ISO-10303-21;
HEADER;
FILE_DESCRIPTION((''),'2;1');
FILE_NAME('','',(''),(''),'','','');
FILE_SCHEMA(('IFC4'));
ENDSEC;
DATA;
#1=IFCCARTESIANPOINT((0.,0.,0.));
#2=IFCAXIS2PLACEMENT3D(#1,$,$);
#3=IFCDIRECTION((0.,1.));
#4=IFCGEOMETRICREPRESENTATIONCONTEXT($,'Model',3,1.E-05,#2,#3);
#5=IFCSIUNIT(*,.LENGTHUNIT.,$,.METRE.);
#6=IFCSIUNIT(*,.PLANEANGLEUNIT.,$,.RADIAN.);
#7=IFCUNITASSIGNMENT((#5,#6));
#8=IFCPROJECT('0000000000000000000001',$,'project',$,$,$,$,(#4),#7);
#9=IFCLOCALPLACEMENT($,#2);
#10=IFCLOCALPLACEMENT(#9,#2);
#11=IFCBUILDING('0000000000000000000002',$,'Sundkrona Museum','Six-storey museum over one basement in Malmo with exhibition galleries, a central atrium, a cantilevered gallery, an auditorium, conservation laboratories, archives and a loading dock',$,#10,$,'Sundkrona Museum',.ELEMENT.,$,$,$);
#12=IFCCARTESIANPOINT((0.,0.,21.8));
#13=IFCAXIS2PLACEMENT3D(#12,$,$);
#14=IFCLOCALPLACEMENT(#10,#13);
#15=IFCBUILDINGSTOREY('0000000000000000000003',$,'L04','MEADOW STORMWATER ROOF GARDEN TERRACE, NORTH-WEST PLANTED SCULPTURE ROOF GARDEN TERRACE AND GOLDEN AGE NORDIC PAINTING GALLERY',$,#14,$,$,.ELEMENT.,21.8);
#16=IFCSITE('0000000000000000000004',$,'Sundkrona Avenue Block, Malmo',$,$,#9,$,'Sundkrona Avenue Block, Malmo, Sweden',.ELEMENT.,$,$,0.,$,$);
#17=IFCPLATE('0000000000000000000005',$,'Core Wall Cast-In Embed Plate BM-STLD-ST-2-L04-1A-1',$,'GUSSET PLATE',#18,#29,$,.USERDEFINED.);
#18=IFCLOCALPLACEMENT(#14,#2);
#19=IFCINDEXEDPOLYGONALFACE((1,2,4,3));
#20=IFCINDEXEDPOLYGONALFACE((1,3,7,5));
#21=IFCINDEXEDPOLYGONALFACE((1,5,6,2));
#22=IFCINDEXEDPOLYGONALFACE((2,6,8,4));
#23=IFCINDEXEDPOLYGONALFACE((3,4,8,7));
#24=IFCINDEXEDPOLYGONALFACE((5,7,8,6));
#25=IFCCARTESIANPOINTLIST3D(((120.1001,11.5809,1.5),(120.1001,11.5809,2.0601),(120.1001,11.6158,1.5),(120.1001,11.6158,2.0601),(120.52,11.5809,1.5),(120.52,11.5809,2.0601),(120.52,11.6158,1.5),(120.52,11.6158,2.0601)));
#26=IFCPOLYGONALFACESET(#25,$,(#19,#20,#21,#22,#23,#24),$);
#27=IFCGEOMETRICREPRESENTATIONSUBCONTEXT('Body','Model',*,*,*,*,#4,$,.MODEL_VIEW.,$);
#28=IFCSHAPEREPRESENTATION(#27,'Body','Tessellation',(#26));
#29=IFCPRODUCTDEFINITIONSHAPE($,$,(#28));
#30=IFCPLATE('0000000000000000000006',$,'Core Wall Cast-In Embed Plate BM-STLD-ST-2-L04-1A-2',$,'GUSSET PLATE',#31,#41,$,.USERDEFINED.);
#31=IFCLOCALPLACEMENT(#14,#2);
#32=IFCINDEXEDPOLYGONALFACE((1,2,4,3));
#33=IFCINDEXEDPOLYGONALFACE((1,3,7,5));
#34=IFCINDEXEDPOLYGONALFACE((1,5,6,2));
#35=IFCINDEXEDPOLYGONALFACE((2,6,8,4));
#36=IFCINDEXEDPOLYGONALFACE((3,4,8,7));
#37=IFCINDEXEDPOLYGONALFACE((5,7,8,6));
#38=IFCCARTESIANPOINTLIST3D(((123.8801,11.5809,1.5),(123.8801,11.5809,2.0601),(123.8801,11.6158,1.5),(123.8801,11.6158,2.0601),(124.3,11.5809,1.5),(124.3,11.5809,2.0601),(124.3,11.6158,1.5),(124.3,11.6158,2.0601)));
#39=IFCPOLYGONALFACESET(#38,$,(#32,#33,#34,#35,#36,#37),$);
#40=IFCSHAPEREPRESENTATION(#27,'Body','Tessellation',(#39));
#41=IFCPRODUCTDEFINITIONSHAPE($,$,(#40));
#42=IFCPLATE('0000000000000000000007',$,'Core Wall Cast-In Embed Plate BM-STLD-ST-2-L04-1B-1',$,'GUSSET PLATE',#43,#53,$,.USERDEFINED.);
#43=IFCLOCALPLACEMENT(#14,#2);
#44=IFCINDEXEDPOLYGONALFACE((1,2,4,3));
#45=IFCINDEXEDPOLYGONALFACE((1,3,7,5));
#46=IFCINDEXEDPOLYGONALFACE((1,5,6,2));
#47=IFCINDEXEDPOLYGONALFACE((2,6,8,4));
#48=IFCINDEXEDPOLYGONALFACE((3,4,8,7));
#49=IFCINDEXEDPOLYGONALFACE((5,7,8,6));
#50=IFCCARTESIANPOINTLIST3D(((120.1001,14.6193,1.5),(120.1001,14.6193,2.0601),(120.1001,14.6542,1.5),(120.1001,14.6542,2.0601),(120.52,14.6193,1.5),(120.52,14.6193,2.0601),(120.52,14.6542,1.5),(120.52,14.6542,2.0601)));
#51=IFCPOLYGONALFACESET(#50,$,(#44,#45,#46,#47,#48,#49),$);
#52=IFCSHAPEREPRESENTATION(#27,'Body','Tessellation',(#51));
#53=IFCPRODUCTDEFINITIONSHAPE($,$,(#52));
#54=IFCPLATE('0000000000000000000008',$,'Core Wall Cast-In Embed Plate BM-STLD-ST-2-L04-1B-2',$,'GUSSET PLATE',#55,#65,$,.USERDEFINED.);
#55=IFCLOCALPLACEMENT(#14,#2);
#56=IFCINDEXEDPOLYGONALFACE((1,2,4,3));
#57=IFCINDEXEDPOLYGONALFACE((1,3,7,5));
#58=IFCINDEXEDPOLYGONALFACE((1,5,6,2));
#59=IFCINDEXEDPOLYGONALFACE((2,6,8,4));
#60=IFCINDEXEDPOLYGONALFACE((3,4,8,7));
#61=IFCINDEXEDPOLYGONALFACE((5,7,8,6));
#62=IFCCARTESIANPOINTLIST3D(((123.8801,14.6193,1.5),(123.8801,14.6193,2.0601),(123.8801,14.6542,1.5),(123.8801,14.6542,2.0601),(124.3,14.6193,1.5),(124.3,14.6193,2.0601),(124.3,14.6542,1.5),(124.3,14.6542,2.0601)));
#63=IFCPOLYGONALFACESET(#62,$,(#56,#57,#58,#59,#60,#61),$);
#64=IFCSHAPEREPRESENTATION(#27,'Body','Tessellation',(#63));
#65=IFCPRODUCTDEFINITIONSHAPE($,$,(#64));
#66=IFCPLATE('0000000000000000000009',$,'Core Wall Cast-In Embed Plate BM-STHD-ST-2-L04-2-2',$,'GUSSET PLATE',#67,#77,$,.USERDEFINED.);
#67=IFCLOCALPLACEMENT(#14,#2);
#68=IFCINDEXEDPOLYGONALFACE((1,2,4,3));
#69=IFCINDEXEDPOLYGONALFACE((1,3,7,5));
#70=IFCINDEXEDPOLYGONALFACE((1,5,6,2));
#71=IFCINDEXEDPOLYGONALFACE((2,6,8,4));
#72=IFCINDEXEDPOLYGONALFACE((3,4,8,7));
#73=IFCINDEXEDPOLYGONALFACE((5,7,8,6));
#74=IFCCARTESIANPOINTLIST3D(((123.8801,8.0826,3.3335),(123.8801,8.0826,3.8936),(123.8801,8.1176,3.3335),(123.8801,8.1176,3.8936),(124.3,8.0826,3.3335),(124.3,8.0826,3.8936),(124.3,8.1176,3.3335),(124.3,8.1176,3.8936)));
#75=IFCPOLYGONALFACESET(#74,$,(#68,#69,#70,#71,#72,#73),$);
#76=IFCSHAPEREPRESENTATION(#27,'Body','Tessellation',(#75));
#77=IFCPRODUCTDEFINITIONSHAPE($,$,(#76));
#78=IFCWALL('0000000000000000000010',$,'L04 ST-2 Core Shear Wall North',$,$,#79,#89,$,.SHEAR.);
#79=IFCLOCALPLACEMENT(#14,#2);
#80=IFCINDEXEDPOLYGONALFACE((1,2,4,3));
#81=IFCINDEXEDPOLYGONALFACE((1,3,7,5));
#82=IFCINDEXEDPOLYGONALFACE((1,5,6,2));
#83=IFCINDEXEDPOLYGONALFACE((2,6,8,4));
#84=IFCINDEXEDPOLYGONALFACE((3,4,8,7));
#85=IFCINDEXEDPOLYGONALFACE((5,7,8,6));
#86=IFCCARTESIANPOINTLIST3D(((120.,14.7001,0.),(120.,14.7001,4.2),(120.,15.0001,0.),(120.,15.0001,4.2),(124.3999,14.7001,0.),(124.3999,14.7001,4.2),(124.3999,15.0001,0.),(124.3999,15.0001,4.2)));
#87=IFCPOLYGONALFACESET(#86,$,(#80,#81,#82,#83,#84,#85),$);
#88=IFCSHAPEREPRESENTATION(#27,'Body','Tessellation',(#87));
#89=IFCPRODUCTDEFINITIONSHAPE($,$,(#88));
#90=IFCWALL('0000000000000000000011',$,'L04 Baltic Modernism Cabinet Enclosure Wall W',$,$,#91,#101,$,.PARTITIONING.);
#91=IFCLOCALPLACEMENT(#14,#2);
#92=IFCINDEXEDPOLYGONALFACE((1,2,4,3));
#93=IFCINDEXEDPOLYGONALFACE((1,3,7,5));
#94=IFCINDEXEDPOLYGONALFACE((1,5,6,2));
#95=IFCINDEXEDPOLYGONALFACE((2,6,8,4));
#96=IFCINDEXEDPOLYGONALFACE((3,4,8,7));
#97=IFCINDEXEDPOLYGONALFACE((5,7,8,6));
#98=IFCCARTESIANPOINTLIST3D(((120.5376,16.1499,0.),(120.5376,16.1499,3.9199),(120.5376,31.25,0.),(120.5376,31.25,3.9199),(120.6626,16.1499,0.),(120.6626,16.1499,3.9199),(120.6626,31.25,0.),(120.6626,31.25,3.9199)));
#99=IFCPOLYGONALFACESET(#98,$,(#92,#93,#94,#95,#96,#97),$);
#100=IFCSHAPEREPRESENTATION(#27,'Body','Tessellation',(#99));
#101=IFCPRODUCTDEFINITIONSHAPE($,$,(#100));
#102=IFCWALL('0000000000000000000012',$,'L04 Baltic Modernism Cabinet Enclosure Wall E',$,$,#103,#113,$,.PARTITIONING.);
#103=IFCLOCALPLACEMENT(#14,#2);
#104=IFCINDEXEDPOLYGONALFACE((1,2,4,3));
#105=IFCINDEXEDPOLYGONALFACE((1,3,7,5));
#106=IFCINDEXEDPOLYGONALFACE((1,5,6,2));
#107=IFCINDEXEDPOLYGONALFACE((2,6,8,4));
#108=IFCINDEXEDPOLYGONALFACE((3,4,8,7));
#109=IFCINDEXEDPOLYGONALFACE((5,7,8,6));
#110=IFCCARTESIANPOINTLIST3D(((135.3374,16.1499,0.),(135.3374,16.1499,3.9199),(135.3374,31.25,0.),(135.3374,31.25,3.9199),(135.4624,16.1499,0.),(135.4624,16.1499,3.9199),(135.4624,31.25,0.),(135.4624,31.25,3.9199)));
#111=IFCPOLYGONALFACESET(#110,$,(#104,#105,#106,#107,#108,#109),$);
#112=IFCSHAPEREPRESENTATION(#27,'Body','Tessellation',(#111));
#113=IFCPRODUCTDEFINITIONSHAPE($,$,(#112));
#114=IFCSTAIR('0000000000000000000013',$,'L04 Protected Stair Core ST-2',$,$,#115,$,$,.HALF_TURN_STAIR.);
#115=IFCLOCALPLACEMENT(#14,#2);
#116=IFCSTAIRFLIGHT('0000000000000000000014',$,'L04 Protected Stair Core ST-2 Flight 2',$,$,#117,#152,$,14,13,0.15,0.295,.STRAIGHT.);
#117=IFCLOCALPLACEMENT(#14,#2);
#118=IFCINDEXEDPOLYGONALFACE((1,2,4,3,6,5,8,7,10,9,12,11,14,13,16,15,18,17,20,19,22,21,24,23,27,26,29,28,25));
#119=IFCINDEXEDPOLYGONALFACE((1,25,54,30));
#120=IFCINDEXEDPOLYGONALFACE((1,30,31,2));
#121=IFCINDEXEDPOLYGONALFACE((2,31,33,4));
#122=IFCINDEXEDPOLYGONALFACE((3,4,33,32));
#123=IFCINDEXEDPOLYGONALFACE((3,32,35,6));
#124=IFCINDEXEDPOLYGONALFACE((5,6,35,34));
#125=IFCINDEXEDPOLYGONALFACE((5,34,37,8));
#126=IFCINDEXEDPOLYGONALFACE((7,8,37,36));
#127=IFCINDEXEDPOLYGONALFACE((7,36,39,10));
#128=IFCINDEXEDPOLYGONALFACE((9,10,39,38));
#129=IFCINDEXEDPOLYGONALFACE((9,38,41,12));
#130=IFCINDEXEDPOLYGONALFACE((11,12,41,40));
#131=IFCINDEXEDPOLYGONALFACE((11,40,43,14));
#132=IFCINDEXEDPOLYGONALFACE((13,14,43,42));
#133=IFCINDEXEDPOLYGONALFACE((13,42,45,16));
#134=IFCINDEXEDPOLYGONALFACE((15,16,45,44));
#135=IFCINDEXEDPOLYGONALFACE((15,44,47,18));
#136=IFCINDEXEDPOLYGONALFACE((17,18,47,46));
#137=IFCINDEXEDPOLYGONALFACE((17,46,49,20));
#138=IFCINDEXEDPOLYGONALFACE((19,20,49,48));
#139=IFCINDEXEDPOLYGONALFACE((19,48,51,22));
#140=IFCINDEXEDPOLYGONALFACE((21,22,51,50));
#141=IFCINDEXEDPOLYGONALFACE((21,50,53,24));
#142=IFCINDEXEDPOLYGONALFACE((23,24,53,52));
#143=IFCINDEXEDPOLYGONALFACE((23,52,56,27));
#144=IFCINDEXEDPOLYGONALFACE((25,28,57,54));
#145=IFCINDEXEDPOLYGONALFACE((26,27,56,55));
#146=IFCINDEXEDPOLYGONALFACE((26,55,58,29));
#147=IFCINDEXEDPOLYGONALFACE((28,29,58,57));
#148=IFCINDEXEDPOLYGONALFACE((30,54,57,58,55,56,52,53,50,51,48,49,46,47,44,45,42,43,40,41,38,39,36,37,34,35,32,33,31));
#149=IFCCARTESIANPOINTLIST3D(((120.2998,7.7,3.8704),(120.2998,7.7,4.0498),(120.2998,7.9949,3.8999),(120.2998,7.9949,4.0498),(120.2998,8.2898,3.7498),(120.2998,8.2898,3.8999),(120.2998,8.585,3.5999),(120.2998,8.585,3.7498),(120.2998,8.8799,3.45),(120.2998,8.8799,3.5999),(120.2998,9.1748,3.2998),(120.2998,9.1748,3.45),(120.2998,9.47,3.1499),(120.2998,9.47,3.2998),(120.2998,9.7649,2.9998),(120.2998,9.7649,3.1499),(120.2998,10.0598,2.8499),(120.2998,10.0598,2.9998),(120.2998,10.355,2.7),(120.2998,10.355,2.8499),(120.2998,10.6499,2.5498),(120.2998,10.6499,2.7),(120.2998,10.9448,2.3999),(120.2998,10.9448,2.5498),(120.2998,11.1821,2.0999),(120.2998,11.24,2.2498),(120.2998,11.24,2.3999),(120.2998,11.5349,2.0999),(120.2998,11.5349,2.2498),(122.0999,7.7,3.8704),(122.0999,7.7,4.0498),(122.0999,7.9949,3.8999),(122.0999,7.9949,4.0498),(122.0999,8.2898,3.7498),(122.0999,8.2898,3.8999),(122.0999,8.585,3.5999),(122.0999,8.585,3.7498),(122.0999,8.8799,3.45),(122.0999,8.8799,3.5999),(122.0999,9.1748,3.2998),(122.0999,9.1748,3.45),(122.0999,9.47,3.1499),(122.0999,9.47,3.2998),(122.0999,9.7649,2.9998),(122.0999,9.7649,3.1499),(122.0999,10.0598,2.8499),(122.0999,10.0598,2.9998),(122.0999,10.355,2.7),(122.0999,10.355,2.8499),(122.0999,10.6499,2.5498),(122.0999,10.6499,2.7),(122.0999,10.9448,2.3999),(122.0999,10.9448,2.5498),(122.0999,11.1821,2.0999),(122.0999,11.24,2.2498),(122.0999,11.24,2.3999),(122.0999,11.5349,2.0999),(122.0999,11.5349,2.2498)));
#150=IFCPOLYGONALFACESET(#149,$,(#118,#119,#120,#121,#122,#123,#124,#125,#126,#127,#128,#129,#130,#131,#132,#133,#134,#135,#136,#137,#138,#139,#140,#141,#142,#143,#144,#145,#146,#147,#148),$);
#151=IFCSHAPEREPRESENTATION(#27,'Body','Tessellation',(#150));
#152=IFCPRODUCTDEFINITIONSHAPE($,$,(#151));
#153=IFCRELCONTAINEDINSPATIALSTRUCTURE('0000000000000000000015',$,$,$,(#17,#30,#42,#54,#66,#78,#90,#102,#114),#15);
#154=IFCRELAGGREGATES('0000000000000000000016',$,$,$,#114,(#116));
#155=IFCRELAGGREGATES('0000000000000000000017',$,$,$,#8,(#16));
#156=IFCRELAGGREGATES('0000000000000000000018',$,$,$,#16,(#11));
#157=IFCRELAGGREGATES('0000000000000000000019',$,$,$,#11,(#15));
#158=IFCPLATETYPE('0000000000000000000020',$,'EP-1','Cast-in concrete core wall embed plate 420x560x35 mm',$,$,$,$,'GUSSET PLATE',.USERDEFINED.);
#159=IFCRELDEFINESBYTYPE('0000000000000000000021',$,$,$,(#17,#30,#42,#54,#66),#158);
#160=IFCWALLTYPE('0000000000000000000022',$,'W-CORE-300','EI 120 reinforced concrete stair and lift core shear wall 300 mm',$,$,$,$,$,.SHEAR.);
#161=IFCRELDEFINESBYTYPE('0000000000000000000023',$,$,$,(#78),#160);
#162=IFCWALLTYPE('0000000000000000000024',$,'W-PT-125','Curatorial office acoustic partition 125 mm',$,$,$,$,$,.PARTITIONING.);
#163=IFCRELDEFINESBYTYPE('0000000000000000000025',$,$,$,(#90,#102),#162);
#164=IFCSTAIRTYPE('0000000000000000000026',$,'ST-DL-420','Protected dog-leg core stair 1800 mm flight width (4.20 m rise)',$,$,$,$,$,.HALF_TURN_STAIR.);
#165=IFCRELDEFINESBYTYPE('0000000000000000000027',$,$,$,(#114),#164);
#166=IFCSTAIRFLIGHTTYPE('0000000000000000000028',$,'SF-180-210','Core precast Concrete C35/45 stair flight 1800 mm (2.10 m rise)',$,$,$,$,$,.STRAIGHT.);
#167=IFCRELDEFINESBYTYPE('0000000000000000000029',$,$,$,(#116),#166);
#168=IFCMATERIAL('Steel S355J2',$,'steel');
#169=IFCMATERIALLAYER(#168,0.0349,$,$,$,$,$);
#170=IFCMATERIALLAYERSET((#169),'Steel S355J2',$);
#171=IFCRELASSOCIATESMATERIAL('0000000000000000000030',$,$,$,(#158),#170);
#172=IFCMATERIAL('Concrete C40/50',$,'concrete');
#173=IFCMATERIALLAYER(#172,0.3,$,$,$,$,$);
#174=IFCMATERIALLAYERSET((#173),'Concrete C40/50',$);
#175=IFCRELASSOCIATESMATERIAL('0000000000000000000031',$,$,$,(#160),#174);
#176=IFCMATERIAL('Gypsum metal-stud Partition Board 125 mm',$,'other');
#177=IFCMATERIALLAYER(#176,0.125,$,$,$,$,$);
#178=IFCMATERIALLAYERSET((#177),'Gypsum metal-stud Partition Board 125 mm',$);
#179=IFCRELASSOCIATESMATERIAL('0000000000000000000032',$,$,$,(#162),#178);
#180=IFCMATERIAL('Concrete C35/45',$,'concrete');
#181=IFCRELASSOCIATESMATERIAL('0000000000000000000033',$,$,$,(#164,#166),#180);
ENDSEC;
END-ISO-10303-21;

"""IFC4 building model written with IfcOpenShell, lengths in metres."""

from ifc_helpers import new_model, si_unit, direction, frame, frame_2d, origin, origin_2d, place, context, subcontext, project, spatial, polyline, rectangle, outline, extrude, material, layer, layer_set, type_object, element, aggregate, save


model = new_model("IFC4")

# Units and contexts
model_context = context("Model", 3, precision=1e-05, world=origin(), true_north=direction((0.0, 1.0)))
body_context = subcontext(model_context, "Body", "Model", "MODEL_VIEW")
ifc_project = project(units=[si_unit("LENGTHUNIT", "METRE"), si_unit("PLANEANGLEUNIT", "RADIAN")], contexts=[model_context])

# Site, building, storey
site_placement = place(None, origin())
site = spatial("IfcSite", under=ifc_project, at=site_placement, Name="Sundkrona Avenue Block, Malmo", LongName="Sundkrona Avenue Block, Malmo, Sweden", CompositionType="ELEMENT", RefElevation=0.0)
building_placement = place(site_placement, origin())
building = spatial("IfcBuilding", under=site, at=building_placement, Name="Sundkrona Museum", Description="Six-storey museum over one basement in Malmo with exhibition galleries, a central atrium, a cantilevered gallery, an auditorium, conservation laboratories, archives and a loading dock", LongName="Sundkrona Museum", CompositionType="ELEMENT")
storey_placement = place(building_placement, frame((0.0, 0.0, 21.8)))
storey = spatial("IfcBuildingStorey", under=building, at=storey_placement, Name="L04", Description="MEADOW STORMWATER ROOF GARDEN TERRACE, NORTH-WEST PLANTED SCULPTURE ROOF GARDEN TERRACE AND GOLDEN AGE NORDIC PAINTING GALLERY", CompositionType="ELEMENT", Elevation=21.8)

# Shared definitions
ifc_material_1 = material(Name="Steel S355J2", Category="steel")

# Plates
ifc_layer_1 = layer(ifc_material_1, 0.0349)
ifc_layer_set_1 = layer_set([ifc_layer_1], Name="Steel S355J2")
plate_type = type_object("IfcPlateType", Name="EP-1", Description="Cast-in concrete core wall embed plate 420x560x35 mm", ElementType="GUSSET PLATE", PredefinedType="USERDEFINED", material=ifc_layer_set_1)
for number, where, z_axis, x_axis, name in (
    (1, (120.3101, 11.5984, 1.5), (0.0, 0.0, 1.0), (1.0, 0.0, 0.0), "Core Wall Cast-In Embed Plate BM-STLD-ST-2-L04-1A-1"),
    (2, (124.0901, 11.5984, 1.5), (0.0, 0.0, 1.0), (1.0, 0.0, 0.0), "Core Wall Cast-In Embed Plate BM-STLD-ST-2-L04-1A-2"),
    (3, (120.3101, 14.6367, 1.5), (0.0, 0.0, 1.0), (1.0, 0.0, 0.0), "Core Wall Cast-In Embed Plate BM-STLD-ST-2-L04-1B-1"),
    (4, (124.0901, 14.6367, 1.5), (0.0, 0.0, 1.0), (1.0, 0.0, 0.0), "Core Wall Cast-In Embed Plate BM-STLD-ST-2-L04-1B-2"),
    (5, (124.0901, 8.1001, 3.3335), (0.0, 0.0, 1.0), (1.0, 0.0, 0.0), "Core Wall Cast-In Embed Plate BM-STHD-ST-2-L04-2-2"),
):
    element("IfcPlate", number, at=place(storey_placement, frame(where, z_axis=z_axis, x_axis=x_axis)), inside=storey, type_object=plate_type, Name=name, ObjectType="GUSSET PLATE", PredefinedType="USERDEFINED", context=body_context, shape_type="SweptSolid", body=[
        extrude(rectangle(XDim=0.4199, YDim=0.0349, at=origin_2d()), origin(), (0.0, 0.0, 1.0), 0.5601),
    ])

# Walls
ifc_material_2 = material(Name="Concrete C40/50", Category="concrete")
ifc_layer_2 = layer(ifc_material_2, 0.3)
ifc_layer_set_2 = layer_set([ifc_layer_2], Name="Concrete C40/50")
wall_type_1 = type_object("IfcWallType", Name="W-CORE-300", Description="EI 120 reinforced concrete stair and lift core shear wall 300 mm", PredefinedType="SHEAR", material=ifc_layer_set_2)
wall_1_placement = place(storey_placement, frame((120.0, 14.8501, 0.0), z_axis=(0.0, 0.0, 1.0), x_axis=(1.0, 0.0, 0.0)))
element("IfcWall", 6, at=wall_1_placement, inside=storey, type_object=wall_type_1, Name="L04 ST-2 Core Shear Wall North", PredefinedType="SHEAR", context=body_context, shape_type="SweptSolid", body=[
    extrude(rectangle(XDim=4.3999, YDim=0.3, at=frame_2d((2.2, 0.0))), origin(), (0.0, 0.0, 1.0), 4.2),
])
ifc_material_3 = material(Name="Gypsum metal-stud Partition Board 125 mm", Category="other")
ifc_layer_3 = layer(ifc_material_3, 0.125)
ifc_layer_set_3 = layer_set([ifc_layer_3], Name="Gypsum metal-stud Partition Board 125 mm")
wall_type_2 = type_object("IfcWallType", Name="W-PT-125", Description="Curatorial office acoustic partition 125 mm", PredefinedType="PARTITIONING", material=ifc_layer_set_3)
for number, where, z_axis, x_axis, name in (
    (7, (120.6001, 16.1499, 0.0), (0.0, 0.0, 1.0), (0.0, 1.0, 0.0), "L04 Baltic Modernism Cabinet Enclosure Wall W"),
    (8, (135.3999, 16.1499, 0.0), (0.0, 0.0, 1.0), (0.0, 1.0, 0.0), "L04 Baltic Modernism Cabinet Enclosure Wall E"),
):
    element("IfcWall", number, at=place(storey_placement, frame(where, z_axis=z_axis, x_axis=x_axis)), inside=storey, type_object=wall_type_2, Name=name, PredefinedType="PARTITIONING", context=body_context, shape_type="SweptSolid", body=[
        extrude(rectangle(XDim=15.1001, YDim=0.125, at=frame_2d((7.55, 0.0))), origin(), (0.0, 0.0, 1.0), 3.9199),
    ])

# Stair, stair flight
ifc_material_4 = material(Name="Concrete C35/45", Category="concrete")
stair_type = type_object("IfcStairType", Name="ST-DL-420", Description="Protected dog-leg core stair 1800 mm flight width (4.20 m rise)", PredefinedType="HALF_TURN_STAIR", material=ifc_material_4)
stair_placement = place(storey_placement, origin())
stair = element("IfcStair", 9, at=stair_placement, inside=storey, type_object=stair_type, Name="L04 Protected Stair Core ST-2", PredefinedType="HALF_TURN_STAIR")
stair_flight_type = type_object("IfcStairFlightType", Name="SF-180-210", Description="Core precast Concrete C35/45 stair flight 1800 mm (2.10 m rise)", PredefinedType="STRAIGHT", material=ifc_material_4)
stair_flight_placement = place(storey_placement, frame((121.2, 11.5349, 2.0999), z_axis=(0.0, 0.0, 1.0), x_axis=(0.0, -1.0, 0.0)))
stair_flight = element("IfcStairFlight", 10, at=stair_flight_placement, type_object=stair_flight_type, Name="L04 Protected Stair Core ST-2 Flight 2", NumberOfRisers=14, NumberOfTreads=13, PredefinedType="STRAIGHT", RiserHeight=0.15, TreadLength=0.295, context=body_context, shape_type="SweptSolid", body=[
    extrude(outline(polyline([(0.0, 0.0), (0.0, 0.1499), (0.2949, 0.1499), (0.2949, 0.3), (0.5901, 0.3), (0.5901, 0.45), (0.885, 0.45), (0.885, 0.6001), (1.1799, 0.6001), (1.1799, 0.75), (1.4751, 0.75), (1.4751, 0.8999), (1.77, 0.8999), (1.77, 1.05), (2.0649, 1.05), (2.0649, 1.2), (2.3601, 1.2), (2.3601, 1.3501), (2.655, 1.3501), (2.655, 1.5), (2.95, 1.5), (2.95, 1.6499), (3.2451, 1.6499), (3.2451, 1.8), (3.54, 1.8), (3.54, 1.95), (3.835, 1.95), (3.835, 2.1001), (3.835, 1.7705), (0.3528, 0.0), (0.0, 0.0)])), frame((0.0, 0.8999, 0.0), z_axis=(0.0, -1.0, 0.0), x_axis=(1.0, 0.0, 0.0)), (0.0, 0.0, 1.0), 1.8),
])
aggregate(stair, [stair_flight])

save(model, "model.ifc")
